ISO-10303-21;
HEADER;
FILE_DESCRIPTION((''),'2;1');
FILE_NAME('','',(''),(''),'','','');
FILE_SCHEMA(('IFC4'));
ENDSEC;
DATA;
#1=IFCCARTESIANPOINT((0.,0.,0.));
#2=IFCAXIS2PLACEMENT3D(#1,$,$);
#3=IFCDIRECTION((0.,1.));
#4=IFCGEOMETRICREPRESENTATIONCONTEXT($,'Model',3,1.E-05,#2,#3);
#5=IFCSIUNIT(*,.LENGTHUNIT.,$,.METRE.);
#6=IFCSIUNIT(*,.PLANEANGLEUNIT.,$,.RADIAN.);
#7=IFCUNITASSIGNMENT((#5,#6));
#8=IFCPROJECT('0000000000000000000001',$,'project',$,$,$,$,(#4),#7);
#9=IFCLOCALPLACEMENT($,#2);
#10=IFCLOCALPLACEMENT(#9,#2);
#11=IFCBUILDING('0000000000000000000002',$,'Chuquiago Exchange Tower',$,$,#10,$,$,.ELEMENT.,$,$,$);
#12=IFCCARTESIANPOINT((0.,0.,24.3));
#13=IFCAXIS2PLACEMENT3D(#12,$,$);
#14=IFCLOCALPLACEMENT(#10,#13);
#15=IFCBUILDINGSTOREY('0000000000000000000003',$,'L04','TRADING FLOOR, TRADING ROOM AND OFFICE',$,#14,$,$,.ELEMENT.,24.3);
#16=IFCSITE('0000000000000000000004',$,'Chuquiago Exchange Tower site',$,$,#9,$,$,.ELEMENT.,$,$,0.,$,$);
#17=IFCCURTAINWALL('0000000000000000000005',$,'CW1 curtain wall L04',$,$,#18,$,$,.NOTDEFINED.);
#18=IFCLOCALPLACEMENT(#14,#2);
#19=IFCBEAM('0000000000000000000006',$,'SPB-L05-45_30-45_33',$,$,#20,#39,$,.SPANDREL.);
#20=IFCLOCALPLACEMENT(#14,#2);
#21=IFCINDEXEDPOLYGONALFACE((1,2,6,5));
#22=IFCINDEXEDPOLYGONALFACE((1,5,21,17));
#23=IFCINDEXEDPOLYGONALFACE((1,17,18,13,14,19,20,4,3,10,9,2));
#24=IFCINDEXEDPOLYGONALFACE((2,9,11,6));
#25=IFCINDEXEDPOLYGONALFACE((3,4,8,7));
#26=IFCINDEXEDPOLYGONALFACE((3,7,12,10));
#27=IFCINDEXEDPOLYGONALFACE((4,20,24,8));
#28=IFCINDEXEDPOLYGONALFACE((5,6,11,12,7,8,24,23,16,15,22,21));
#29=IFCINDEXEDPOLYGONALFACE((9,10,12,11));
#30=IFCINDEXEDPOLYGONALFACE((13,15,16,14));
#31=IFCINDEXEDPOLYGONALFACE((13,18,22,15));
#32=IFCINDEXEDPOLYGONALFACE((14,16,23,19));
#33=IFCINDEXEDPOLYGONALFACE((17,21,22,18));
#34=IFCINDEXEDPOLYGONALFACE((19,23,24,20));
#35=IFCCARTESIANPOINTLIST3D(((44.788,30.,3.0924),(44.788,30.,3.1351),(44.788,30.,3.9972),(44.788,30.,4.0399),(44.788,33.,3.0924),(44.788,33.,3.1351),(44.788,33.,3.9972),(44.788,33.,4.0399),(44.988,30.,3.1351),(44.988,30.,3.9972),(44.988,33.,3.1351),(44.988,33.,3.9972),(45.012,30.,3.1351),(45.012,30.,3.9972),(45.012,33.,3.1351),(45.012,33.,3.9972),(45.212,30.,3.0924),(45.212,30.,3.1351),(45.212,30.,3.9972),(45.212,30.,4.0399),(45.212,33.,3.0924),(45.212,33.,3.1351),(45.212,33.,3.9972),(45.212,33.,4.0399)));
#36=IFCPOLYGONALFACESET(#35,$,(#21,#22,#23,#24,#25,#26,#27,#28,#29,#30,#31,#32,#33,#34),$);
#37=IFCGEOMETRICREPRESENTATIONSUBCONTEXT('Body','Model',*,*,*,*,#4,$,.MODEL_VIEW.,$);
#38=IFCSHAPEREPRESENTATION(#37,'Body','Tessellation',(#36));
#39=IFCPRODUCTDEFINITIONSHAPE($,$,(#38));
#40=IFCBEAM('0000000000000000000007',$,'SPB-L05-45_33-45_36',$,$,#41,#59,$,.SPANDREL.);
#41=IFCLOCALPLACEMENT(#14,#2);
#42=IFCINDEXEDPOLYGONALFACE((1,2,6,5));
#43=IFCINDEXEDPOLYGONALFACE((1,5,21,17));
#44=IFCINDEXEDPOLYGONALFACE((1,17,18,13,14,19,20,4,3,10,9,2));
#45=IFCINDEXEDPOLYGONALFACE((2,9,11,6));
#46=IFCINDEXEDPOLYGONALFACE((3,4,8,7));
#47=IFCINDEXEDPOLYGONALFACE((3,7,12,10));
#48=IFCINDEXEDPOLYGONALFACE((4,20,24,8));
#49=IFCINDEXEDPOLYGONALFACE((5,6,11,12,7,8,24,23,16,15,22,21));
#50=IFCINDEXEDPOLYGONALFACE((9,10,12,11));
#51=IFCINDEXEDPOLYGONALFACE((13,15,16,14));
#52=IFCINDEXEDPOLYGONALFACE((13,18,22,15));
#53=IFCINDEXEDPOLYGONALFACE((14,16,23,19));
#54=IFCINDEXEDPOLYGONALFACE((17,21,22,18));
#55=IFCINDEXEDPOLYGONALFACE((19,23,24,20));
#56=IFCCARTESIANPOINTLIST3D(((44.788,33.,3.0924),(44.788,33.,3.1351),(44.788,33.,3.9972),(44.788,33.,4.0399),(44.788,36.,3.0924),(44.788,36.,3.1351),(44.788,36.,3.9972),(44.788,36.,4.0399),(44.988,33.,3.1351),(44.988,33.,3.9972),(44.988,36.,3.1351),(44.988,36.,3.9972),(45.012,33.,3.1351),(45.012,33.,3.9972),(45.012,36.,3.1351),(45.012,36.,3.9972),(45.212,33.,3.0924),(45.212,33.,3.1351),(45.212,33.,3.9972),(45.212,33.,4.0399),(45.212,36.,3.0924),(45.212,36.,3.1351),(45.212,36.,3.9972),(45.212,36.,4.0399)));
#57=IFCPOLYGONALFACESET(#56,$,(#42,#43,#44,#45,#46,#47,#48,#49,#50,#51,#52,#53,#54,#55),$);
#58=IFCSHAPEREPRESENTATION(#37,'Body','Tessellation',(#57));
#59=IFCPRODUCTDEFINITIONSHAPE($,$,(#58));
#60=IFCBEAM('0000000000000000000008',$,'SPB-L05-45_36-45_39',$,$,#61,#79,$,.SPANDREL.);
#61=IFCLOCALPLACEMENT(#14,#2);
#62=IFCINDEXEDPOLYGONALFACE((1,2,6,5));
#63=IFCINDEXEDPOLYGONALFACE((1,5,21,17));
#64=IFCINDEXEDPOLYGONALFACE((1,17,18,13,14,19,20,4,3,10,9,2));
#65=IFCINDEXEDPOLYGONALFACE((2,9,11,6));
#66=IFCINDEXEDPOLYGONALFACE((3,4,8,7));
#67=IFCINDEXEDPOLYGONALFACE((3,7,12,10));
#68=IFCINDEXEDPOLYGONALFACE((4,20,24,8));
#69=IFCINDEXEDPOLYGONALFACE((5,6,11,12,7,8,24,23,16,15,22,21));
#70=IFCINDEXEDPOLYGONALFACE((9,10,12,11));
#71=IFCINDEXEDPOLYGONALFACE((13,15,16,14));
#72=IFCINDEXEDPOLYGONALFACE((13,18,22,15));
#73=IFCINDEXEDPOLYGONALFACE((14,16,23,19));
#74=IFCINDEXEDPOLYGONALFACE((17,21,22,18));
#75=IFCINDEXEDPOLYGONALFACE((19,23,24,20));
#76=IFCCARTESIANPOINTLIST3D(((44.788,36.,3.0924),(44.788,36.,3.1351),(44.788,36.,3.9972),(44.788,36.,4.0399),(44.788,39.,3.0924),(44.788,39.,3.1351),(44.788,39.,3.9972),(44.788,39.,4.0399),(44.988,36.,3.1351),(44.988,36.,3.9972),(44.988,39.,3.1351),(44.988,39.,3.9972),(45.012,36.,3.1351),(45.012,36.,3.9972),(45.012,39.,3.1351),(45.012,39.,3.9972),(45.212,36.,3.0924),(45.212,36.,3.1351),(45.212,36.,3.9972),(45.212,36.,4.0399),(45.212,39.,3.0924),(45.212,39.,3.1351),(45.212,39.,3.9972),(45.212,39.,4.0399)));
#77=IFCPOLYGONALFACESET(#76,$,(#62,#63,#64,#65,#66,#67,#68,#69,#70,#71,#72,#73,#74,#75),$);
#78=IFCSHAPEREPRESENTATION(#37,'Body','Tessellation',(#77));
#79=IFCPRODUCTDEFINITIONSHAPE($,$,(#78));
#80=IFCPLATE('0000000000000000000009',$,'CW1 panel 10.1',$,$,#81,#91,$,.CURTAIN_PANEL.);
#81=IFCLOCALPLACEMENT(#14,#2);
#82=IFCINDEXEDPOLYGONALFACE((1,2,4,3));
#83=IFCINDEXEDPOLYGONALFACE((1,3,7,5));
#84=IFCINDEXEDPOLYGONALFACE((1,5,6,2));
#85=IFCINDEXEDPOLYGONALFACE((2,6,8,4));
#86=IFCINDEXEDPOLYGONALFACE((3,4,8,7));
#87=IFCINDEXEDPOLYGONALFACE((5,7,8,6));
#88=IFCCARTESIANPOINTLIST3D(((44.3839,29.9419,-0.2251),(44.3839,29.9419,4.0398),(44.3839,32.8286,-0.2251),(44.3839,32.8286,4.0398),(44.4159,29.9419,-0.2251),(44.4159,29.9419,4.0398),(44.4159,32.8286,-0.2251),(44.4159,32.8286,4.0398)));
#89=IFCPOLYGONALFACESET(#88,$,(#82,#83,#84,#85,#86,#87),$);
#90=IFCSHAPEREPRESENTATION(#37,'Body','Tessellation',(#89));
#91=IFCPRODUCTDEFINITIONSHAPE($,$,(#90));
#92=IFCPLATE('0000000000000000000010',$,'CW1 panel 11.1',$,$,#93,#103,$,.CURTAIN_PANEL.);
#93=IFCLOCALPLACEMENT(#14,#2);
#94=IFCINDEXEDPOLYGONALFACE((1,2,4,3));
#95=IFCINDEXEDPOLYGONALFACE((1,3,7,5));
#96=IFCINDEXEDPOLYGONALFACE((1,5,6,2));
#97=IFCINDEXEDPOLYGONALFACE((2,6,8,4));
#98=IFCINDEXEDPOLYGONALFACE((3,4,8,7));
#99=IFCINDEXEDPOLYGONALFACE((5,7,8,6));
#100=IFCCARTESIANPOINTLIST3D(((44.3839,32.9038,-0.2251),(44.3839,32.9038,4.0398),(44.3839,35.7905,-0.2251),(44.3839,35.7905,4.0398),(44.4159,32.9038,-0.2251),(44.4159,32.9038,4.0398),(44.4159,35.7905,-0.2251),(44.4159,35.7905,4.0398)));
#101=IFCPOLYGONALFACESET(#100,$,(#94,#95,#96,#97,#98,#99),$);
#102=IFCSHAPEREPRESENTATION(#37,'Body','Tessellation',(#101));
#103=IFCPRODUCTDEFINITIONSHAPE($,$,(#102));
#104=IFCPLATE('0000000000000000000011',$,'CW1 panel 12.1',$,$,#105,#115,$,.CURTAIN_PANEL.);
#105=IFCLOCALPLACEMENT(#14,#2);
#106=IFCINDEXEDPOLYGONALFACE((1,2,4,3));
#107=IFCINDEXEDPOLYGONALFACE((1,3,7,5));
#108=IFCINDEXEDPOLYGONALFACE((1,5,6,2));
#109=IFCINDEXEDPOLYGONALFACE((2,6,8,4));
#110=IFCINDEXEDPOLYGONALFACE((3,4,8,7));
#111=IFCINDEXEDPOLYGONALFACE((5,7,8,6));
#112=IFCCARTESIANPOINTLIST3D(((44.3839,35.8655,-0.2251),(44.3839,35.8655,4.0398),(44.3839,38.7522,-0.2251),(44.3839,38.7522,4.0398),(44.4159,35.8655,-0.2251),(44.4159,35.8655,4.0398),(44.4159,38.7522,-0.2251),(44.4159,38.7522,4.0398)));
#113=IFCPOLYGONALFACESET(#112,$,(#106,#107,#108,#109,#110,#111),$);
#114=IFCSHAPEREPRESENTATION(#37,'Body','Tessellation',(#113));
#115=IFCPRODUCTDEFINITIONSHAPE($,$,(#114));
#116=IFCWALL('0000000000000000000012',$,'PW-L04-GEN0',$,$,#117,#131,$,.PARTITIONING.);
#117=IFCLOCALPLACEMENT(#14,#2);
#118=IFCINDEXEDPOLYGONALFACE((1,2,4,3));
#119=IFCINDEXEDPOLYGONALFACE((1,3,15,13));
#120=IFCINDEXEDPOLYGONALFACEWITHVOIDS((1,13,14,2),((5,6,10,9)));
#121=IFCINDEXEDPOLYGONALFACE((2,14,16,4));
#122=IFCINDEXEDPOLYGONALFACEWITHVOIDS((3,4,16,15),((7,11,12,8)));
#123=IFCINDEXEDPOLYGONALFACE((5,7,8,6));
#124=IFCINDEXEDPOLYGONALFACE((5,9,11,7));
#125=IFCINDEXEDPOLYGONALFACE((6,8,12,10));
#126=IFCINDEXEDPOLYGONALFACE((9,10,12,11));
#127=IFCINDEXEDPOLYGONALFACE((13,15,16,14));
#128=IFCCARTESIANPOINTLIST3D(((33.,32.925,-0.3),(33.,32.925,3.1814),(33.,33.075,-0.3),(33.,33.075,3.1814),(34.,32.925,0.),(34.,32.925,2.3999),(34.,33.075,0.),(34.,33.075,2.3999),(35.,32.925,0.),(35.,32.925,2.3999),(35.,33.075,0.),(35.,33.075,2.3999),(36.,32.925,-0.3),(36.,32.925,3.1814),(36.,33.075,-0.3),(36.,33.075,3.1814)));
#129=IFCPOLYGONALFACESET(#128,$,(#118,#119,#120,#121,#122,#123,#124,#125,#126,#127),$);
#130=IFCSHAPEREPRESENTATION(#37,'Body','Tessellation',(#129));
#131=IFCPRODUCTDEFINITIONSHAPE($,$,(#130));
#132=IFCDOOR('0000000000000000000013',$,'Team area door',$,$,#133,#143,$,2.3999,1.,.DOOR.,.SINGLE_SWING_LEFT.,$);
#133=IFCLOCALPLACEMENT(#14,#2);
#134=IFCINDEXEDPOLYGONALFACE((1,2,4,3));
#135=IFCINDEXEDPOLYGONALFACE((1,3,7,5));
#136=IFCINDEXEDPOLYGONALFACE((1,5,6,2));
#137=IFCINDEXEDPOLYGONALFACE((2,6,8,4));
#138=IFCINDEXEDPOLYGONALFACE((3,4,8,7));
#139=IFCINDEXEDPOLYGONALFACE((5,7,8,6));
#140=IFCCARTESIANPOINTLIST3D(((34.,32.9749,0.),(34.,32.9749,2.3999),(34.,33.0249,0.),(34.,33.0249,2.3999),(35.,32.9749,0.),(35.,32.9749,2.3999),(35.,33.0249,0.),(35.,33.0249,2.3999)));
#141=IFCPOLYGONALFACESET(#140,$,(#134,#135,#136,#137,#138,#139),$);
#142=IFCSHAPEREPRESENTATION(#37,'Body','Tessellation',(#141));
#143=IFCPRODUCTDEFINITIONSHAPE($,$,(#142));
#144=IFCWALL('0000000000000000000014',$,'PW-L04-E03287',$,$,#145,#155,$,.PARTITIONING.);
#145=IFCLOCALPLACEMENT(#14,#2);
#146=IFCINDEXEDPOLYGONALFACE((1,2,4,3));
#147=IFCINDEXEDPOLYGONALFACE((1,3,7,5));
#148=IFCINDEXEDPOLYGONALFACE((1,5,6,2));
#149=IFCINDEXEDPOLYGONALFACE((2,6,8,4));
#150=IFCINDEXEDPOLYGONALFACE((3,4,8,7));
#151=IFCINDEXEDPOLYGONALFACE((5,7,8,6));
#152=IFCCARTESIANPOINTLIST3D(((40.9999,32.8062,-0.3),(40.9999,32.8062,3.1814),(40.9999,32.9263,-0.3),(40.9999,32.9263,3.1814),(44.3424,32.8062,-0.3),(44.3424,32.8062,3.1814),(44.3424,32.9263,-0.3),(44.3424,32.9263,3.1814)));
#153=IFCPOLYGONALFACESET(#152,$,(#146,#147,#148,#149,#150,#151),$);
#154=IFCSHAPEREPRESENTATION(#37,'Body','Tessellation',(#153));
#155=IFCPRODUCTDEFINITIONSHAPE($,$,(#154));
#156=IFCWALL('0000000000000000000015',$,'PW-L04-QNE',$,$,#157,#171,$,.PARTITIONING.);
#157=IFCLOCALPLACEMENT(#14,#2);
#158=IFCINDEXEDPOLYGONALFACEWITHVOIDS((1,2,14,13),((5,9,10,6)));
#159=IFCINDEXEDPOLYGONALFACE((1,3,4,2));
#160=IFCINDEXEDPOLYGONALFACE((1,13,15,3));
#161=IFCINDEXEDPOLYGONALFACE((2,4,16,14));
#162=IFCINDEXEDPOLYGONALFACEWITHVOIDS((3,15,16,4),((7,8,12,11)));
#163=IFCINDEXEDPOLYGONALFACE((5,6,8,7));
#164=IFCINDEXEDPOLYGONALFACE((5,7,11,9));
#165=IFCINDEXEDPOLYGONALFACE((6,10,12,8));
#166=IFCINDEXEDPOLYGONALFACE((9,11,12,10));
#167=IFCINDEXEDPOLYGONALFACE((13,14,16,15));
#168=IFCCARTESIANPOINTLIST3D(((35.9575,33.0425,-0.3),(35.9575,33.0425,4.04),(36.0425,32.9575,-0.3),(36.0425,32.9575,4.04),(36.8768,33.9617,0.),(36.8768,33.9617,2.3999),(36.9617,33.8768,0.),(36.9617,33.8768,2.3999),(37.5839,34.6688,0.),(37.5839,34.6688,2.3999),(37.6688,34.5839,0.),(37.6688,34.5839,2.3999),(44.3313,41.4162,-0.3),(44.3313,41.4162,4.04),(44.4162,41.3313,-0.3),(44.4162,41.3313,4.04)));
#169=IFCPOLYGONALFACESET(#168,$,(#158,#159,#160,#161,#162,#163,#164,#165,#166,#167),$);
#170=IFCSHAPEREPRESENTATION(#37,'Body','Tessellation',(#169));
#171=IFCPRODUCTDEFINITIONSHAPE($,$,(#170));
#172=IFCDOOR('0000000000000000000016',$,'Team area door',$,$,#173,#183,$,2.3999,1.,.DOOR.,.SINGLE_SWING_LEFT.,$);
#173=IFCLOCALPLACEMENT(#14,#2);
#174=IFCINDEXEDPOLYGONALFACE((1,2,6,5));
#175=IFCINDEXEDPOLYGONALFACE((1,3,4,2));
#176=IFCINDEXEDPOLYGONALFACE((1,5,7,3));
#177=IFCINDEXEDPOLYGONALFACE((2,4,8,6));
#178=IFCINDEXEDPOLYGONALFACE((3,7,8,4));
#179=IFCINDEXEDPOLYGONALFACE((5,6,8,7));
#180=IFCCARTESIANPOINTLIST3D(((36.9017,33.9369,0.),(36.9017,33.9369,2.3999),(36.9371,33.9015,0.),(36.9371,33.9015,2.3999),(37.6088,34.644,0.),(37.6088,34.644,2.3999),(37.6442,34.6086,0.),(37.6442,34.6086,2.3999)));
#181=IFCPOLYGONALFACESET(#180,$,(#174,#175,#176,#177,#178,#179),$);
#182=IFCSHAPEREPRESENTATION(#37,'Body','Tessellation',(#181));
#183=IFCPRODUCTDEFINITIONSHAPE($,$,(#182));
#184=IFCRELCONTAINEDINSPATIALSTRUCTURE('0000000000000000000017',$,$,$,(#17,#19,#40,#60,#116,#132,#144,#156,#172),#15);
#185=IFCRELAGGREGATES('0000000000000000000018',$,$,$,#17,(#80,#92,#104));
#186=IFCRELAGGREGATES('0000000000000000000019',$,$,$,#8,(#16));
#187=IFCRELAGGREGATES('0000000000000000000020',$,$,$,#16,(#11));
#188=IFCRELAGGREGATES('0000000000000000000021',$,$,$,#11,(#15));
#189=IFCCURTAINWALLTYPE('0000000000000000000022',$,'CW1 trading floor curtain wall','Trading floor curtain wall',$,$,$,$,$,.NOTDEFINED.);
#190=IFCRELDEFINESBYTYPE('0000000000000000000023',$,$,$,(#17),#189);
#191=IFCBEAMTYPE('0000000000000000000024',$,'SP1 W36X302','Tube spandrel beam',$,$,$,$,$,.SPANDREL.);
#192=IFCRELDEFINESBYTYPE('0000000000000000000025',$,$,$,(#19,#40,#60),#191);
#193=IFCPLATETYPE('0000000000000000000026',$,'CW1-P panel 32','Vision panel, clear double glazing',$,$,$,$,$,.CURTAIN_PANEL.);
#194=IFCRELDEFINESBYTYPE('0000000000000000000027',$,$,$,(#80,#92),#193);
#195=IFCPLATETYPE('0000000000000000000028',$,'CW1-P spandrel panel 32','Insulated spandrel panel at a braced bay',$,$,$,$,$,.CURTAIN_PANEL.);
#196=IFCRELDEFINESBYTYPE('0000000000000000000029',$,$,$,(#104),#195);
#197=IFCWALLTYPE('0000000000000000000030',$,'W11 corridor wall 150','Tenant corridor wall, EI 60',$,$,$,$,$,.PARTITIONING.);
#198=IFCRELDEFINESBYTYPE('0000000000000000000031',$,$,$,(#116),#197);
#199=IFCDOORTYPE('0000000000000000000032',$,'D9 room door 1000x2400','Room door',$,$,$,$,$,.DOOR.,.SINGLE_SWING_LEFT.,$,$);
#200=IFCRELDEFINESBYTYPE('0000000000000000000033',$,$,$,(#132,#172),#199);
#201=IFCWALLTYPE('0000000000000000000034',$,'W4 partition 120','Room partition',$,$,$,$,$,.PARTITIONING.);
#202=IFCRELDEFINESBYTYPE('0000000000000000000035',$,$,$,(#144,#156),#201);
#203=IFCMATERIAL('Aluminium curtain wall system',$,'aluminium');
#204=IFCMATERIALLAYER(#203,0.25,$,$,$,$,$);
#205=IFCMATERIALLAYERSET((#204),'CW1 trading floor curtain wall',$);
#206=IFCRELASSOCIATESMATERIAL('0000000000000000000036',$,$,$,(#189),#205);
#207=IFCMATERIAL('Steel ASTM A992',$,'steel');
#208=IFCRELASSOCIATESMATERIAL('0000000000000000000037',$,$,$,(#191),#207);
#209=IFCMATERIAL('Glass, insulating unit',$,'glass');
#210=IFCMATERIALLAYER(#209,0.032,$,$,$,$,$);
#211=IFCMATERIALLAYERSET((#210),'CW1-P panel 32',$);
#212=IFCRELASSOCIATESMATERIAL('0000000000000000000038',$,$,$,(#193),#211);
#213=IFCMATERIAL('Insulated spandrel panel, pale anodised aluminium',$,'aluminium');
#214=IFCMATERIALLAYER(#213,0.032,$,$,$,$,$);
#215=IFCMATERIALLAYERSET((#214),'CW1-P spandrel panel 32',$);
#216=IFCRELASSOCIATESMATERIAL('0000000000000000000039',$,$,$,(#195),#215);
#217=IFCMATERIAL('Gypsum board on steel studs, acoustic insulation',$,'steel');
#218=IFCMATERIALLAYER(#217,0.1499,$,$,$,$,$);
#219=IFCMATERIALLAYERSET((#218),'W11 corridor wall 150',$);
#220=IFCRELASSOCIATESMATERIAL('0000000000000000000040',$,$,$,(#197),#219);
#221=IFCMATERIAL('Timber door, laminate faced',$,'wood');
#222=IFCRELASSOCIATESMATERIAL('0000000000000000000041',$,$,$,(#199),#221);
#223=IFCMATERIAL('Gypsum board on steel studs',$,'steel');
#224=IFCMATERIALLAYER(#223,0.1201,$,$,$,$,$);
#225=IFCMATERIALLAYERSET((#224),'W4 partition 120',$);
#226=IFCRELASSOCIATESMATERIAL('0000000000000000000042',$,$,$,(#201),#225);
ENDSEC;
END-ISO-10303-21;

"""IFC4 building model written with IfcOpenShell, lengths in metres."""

from ifc_helpers import new_model, si_unit, direction, frame, frame_2d, origin, origin_2d, place, context, subcontext, project, spatial, rectangle, i_section, extrude, material, layer, layer_set, material_profile, profile_set, type_object, element, fill, aggregate, save


model = new_model("IFC4")

# Units and contexts
model_context = context("Model", 3, precision=1e-05, world=origin(), true_north=direction((0.0, 1.0)))
body_context = subcontext(model_context, "Body", "Model", "MODEL_VIEW")
ifc_project = project(units=[si_unit("LENGTHUNIT", "METRE"), si_unit("PLANEANGLEUNIT", "RADIAN")], contexts=[model_context])

# Site, building, storey
site_placement = place(None, origin())
site = spatial("IfcSite", under=ifc_project, at=site_placement, Name="Chuquiago Exchange Tower site", CompositionType="ELEMENT", RefElevation=0.0)
building_placement = place(site_placement, origin())
building = spatial("IfcBuilding", under=site, at=building_placement, Name="Chuquiago Exchange Tower", CompositionType="ELEMENT")
storey_placement = place(building_placement, frame((0.0, 0.0, 24.3)))
storey = spatial("IfcBuildingStorey", under=building, at=storey_placement, Name="L04", Description="TRADING FLOOR, TRADING ROOM AND OFFICE", CompositionType="ELEMENT", Elevation=24.3)

# Curtain wall
ifc_material_1 = material(Name="Aluminium curtain wall system", Category="aluminium")
ifc_layer_1 = layer(ifc_material_1, 0.25)
ifc_layer_set_1 = layer_set([ifc_layer_1], Name="CW1 trading floor curtain wall")
curtain_wall_type = type_object("IfcCurtainWallType", Name="CW1 trading floor curtain wall", Description="Trading floor curtain wall", PredefinedType="NOTDEFINED", material=ifc_layer_set_1)
curtain_wall_placement = place(storey_placement, origin())
curtain_wall = element("IfcCurtainWall", 1, at=curtain_wall_placement, inside=storey, type_object=curtain_wall_type, Name="CW1 curtain wall L04", PredefinedType="NOTDEFINED")

# Beams
ifc_material_2 = material(Name="Steel ASTM A992", Category="steel")
ifc_material_profile_1 = material_profile(ifc_material_2, i_section(OverallWidth=0.4241, OverallDepth=0.9475, WebThickness=0.0239, FlangeThickness=0.0427, at=origin_2d()), Name="W36X302")
ifc_profile_set_1 = profile_set([ifc_material_profile_1], Name="Steel ASTM A992")
beam_type_1 = type_object("IfcBeamType", Name="SP1 W36X302", Description="Tube spandrel beam", PredefinedType="SPANDREL", material=ifc_profile_set_1)
for number, where, z_axis, x_axis, name in (
    (2, (45.0, 30.0, 3.5662), (0.0, 1.0, 0.0), (-1.0, 0.0, 0.0), "SPB-L05-45_30-45_33"),
    (3, (45.0, 33.0, 3.5662), (0.0, 1.0, 0.0), (-1.0, 0.0, 0.0), "SPB-L05-45_33-45_36"),
    (4, (45.0, 36.0, 3.5662), (0.0, 1.0, 0.0), (-1.0, 0.0, 0.0), "SPB-L05-45_36-45_39"),
):
    element("IfcBeam", number, at=place(storey_placement, frame(where, z_axis=z_axis, x_axis=x_axis)), inside=storey, type_object=beam_type_1, Name=name, PredefinedType="SPANDREL", context=body_context, shape_type="SweptSolid", body=[
        extrude(i_section(OverallWidth=0.4241, OverallDepth=0.9475, WebThickness=0.0239, FlangeThickness=0.0427, at=origin_2d()), origin(), (0.0, 0.0, 1.0), 3.0),
    ])

# Plates
ifc_material_3 = material(Name="Glass, insulating unit", Category="glass")
ifc_layer_2 = layer(ifc_material_3, 0.032)
ifc_layer_set_2 = layer_set([ifc_layer_2], Name="CW1-P panel 32")
plate_type_1 = type_object("IfcPlateType", Name="CW1-P panel 32", Description="Vision panel, clear double glazing", PredefinedType="CURTAIN_PANEL", material=ifc_layer_set_2)
plate_1_placement = place(storey_placement, frame((44.3999, 31.3853, -0.2251), z_axis=(0.0, 0.0, 1.0), x_axis=(0.0, 1.0, 0.0)))
plate_1 = element("IfcPlate", 5, at=plate_1_placement, type_object=plate_type_1, Name="CW1 panel 10.1", PredefinedType="CURTAIN_PANEL", context=body_context, shape_type="SweptSolid", body=[
    extrude(rectangle(XDim=2.8867, YDim=0.032, at=origin_2d()), origin(), (0.0, 0.0, 1.0), 4.2649),
])
plate_2_placement = place(storey_placement, frame((44.3999, 34.3472, -0.2251), z_axis=(0.0, 0.0, 1.0), x_axis=(0.0, 1.0, 0.0)))
plate_2 = element("IfcPlate", 6, at=plate_2_placement, type_object=plate_type_1, Name="CW1 panel 11.1", PredefinedType="CURTAIN_PANEL", context=body_context, shape_type="SweptSolid", body=[
    extrude(rectangle(XDim=2.8867, YDim=0.032, at=origin_2d()), origin(), (0.0, 0.0, 1.0), 4.2649),
])
ifc_material_4 = material(Name="Insulated spandrel panel, pale anodised aluminium", Category="aluminium")
ifc_layer_3 = layer(ifc_material_4, 0.032)
ifc_layer_set_3 = layer_set([ifc_layer_3], Name="CW1-P spandrel panel 32")
plate_type_2 = type_object("IfcPlateType", Name="CW1-P spandrel panel 32", Description="Insulated spandrel panel at a braced bay", PredefinedType="CURTAIN_PANEL", material=ifc_layer_set_3)
plate_3_placement = place(storey_placement, frame((44.3999, 37.3088, -0.2251), z_axis=(0.0, 0.0, 1.0), x_axis=(0.0, 1.0, 0.0)))
plate_3 = element("IfcPlate", 7, at=plate_3_placement, type_object=plate_type_2, Name="CW1 panel 12.1", PredefinedType="CURTAIN_PANEL", context=body_context, shape_type="SweptSolid", body=[
    extrude(rectangle(XDim=2.8867, YDim=0.032, at=origin_2d()), origin(), (0.0, 0.0, 1.0), 4.2649),
])
aggregate(curtain_wall, [plate_1, plate_2, plate_3])

# Wall, opening, door
ifc_material_5 = material(Name="Gypsum board on steel studs, acoustic insulation", Category="steel")
ifc_layer_4 = layer(ifc_material_5, 0.1499)
ifc_layer_set_4 = layer_set([ifc_layer_4], Name="W11 corridor wall 150")
wall_type_1 = type_object("IfcWallType", Name="W11 corridor wall 150", Description="Tenant corridor wall, EI 60", PredefinedType="PARTITIONING", material=ifc_layer_set_4)
wall_1_placement = place(storey_placement, frame((33.0, 33.0, -0.3), z_axis=(0.0, 0.0, 1.0), x_axis=(1.0, 0.0, 0.0)))
wall_1 = element("IfcWall", 8, at=wall_1_placement, inside=storey, type_object=wall_type_1, Name="PW-L04-GEN0", PredefinedType="PARTITIONING", context=body_context, shape_type="SweptSolid", body=[
    extrude(rectangle(XDim=3.0, YDim=0.1499, at=frame_2d((1.5, 0.0))), origin(), (0.0, 0.0, 1.0), 3.4814),
])
opening_1_placement = place(wall_1_placement, frame((1.0, 0.0, 0.3)))
opening_1 = element("IfcOpeningElement", 9, at=opening_1_placement, cuts=wall_1, PredefinedType="OPENING", context=body_context, shape_type="SweptSolid", body=[
    extrude(rectangle(XDim=1.0, YDim=2.3999, at=frame_2d((0.5, 1.2))), frame((0.0, 0.085, 0.0), z_axis=(0.0, -1.0, 0.0), x_axis=(1.0, 0.0, 0.0)), (0.0, 0.0, 1.0), 0.1699),
])
ifc_material_6 = material(Name="Timber door, laminate faced", Category="wood")
door_type = type_object("IfcDoorType", Name="D9 room door 1000x2400", Description="Room door", OperationType="SINGLE_SWING_LEFT", PredefinedType="DOOR", material=ifc_material_6)
door_1_placement = place(opening_1_placement, origin())
door_1 = element("IfcDoor", 10, at=door_1_placement, inside=storey, type_object=door_type, Name="Team area door", OperationType="SINGLE_SWING_LEFT", OverallHeight=2.3999, OverallWidth=1.0, PredefinedType="DOOR", context=body_context, shape_type="SweptSolid", body=[
    extrude(rectangle(XDim=1.0, YDim=2.3999, at=frame_2d((0.5, 1.2))), frame((0.0, 0.0249, 0.0), z_axis=(0.0, -1.0, 0.0), x_axis=(1.0, 0.0, 0.0)), (0.0, 0.0, 1.0), 0.05),
])
fill(opening_1, door_1)

# Wall
ifc_material_7 = material(Name="Gypsum board on steel studs", Category="steel")
ifc_layer_5 = layer(ifc_material_7, 0.1201)
ifc_layer_set_5 = layer_set([ifc_layer_5], Name="W4 partition 120")
wall_type_2 = type_object("IfcWallType", Name="W4 partition 120", Description="Room partition", PredefinedType="PARTITIONING", material=ifc_layer_set_5)
wall_2_placement = place(storey_placement, frame((44.3425, 32.8662, -0.3), z_axis=(0.0, 0.0, 1.0), x_axis=(-1.0, 0.0, 0.0)))
element("IfcWall", 11, at=wall_2_placement, inside=storey, type_object=wall_type_2, Name="PW-L04-E03287", PredefinedType="PARTITIONING", context=body_context, shape_type="SweptSolid", body=[
    extrude(rectangle(XDim=3.3425, YDim=0.1201, at=frame_2d((1.6714, 0.0))), origin(), (0.0, 0.0, 1.0), 3.4814),
])

# Wall, opening, door
wall_3_placement = place(storey_placement, frame((36.0, 33.0, -0.3), z_axis=(0.0, 0.0, 1.0), x_axis=(0.707107, 0.707107, 0.0)))
wall_3 = element("IfcWall", 12, at=wall_3_placement, inside=storey, type_object=wall_type_2, Name="PW-L04-QNE", PredefinedType="PARTITIONING", context=body_context, shape_type="SweptSolid", body=[
    extrude(rectangle(XDim=11.8423, YDim=0.1201, at=frame_2d((5.9211, 0.0))), origin(), (0.0, 0.0, 1.0), 4.3401),
])
opening_2_placement = place(wall_3_placement, frame((1.3, 0.0, 0.3)))
opening_2 = element("IfcOpeningElement", 13, at=opening_2_placement, cuts=wall_3, PredefinedType="OPENING", context=body_context, shape_type="SweptSolid", body=[
    extrude(rectangle(XDim=1.0, YDim=2.3999, at=frame_2d((0.5, 1.2))), frame((0.0, 0.0701, 0.0), z_axis=(0.0, -1.0, 0.0), x_axis=(1.0, 0.0, 0.0)), (0.0, 0.0, 1.0), 0.1401),
])
door_2_placement = place(opening_2_placement, origin())
door_2 = element("IfcDoor", 14, at=door_2_placement, inside=storey, type_object=door_type, Name="Team area door", OperationType="SINGLE_SWING_LEFT", OverallHeight=2.3999, OverallWidth=1.0, PredefinedType="DOOR", context=body_context, shape_type="SweptSolid", body=[
    extrude(rectangle(XDim=1.0, YDim=2.3999, at=frame_2d((0.5, 1.2))), frame((0.0, 0.0249, 0.0), z_axis=(0.0, -1.0, 0.0), x_axis=(1.0, 0.0, 0.0)), (0.0, 0.0, 1.0), 0.05),
])
fill(opening_2, door_2)

save(model, "model.ifc")
